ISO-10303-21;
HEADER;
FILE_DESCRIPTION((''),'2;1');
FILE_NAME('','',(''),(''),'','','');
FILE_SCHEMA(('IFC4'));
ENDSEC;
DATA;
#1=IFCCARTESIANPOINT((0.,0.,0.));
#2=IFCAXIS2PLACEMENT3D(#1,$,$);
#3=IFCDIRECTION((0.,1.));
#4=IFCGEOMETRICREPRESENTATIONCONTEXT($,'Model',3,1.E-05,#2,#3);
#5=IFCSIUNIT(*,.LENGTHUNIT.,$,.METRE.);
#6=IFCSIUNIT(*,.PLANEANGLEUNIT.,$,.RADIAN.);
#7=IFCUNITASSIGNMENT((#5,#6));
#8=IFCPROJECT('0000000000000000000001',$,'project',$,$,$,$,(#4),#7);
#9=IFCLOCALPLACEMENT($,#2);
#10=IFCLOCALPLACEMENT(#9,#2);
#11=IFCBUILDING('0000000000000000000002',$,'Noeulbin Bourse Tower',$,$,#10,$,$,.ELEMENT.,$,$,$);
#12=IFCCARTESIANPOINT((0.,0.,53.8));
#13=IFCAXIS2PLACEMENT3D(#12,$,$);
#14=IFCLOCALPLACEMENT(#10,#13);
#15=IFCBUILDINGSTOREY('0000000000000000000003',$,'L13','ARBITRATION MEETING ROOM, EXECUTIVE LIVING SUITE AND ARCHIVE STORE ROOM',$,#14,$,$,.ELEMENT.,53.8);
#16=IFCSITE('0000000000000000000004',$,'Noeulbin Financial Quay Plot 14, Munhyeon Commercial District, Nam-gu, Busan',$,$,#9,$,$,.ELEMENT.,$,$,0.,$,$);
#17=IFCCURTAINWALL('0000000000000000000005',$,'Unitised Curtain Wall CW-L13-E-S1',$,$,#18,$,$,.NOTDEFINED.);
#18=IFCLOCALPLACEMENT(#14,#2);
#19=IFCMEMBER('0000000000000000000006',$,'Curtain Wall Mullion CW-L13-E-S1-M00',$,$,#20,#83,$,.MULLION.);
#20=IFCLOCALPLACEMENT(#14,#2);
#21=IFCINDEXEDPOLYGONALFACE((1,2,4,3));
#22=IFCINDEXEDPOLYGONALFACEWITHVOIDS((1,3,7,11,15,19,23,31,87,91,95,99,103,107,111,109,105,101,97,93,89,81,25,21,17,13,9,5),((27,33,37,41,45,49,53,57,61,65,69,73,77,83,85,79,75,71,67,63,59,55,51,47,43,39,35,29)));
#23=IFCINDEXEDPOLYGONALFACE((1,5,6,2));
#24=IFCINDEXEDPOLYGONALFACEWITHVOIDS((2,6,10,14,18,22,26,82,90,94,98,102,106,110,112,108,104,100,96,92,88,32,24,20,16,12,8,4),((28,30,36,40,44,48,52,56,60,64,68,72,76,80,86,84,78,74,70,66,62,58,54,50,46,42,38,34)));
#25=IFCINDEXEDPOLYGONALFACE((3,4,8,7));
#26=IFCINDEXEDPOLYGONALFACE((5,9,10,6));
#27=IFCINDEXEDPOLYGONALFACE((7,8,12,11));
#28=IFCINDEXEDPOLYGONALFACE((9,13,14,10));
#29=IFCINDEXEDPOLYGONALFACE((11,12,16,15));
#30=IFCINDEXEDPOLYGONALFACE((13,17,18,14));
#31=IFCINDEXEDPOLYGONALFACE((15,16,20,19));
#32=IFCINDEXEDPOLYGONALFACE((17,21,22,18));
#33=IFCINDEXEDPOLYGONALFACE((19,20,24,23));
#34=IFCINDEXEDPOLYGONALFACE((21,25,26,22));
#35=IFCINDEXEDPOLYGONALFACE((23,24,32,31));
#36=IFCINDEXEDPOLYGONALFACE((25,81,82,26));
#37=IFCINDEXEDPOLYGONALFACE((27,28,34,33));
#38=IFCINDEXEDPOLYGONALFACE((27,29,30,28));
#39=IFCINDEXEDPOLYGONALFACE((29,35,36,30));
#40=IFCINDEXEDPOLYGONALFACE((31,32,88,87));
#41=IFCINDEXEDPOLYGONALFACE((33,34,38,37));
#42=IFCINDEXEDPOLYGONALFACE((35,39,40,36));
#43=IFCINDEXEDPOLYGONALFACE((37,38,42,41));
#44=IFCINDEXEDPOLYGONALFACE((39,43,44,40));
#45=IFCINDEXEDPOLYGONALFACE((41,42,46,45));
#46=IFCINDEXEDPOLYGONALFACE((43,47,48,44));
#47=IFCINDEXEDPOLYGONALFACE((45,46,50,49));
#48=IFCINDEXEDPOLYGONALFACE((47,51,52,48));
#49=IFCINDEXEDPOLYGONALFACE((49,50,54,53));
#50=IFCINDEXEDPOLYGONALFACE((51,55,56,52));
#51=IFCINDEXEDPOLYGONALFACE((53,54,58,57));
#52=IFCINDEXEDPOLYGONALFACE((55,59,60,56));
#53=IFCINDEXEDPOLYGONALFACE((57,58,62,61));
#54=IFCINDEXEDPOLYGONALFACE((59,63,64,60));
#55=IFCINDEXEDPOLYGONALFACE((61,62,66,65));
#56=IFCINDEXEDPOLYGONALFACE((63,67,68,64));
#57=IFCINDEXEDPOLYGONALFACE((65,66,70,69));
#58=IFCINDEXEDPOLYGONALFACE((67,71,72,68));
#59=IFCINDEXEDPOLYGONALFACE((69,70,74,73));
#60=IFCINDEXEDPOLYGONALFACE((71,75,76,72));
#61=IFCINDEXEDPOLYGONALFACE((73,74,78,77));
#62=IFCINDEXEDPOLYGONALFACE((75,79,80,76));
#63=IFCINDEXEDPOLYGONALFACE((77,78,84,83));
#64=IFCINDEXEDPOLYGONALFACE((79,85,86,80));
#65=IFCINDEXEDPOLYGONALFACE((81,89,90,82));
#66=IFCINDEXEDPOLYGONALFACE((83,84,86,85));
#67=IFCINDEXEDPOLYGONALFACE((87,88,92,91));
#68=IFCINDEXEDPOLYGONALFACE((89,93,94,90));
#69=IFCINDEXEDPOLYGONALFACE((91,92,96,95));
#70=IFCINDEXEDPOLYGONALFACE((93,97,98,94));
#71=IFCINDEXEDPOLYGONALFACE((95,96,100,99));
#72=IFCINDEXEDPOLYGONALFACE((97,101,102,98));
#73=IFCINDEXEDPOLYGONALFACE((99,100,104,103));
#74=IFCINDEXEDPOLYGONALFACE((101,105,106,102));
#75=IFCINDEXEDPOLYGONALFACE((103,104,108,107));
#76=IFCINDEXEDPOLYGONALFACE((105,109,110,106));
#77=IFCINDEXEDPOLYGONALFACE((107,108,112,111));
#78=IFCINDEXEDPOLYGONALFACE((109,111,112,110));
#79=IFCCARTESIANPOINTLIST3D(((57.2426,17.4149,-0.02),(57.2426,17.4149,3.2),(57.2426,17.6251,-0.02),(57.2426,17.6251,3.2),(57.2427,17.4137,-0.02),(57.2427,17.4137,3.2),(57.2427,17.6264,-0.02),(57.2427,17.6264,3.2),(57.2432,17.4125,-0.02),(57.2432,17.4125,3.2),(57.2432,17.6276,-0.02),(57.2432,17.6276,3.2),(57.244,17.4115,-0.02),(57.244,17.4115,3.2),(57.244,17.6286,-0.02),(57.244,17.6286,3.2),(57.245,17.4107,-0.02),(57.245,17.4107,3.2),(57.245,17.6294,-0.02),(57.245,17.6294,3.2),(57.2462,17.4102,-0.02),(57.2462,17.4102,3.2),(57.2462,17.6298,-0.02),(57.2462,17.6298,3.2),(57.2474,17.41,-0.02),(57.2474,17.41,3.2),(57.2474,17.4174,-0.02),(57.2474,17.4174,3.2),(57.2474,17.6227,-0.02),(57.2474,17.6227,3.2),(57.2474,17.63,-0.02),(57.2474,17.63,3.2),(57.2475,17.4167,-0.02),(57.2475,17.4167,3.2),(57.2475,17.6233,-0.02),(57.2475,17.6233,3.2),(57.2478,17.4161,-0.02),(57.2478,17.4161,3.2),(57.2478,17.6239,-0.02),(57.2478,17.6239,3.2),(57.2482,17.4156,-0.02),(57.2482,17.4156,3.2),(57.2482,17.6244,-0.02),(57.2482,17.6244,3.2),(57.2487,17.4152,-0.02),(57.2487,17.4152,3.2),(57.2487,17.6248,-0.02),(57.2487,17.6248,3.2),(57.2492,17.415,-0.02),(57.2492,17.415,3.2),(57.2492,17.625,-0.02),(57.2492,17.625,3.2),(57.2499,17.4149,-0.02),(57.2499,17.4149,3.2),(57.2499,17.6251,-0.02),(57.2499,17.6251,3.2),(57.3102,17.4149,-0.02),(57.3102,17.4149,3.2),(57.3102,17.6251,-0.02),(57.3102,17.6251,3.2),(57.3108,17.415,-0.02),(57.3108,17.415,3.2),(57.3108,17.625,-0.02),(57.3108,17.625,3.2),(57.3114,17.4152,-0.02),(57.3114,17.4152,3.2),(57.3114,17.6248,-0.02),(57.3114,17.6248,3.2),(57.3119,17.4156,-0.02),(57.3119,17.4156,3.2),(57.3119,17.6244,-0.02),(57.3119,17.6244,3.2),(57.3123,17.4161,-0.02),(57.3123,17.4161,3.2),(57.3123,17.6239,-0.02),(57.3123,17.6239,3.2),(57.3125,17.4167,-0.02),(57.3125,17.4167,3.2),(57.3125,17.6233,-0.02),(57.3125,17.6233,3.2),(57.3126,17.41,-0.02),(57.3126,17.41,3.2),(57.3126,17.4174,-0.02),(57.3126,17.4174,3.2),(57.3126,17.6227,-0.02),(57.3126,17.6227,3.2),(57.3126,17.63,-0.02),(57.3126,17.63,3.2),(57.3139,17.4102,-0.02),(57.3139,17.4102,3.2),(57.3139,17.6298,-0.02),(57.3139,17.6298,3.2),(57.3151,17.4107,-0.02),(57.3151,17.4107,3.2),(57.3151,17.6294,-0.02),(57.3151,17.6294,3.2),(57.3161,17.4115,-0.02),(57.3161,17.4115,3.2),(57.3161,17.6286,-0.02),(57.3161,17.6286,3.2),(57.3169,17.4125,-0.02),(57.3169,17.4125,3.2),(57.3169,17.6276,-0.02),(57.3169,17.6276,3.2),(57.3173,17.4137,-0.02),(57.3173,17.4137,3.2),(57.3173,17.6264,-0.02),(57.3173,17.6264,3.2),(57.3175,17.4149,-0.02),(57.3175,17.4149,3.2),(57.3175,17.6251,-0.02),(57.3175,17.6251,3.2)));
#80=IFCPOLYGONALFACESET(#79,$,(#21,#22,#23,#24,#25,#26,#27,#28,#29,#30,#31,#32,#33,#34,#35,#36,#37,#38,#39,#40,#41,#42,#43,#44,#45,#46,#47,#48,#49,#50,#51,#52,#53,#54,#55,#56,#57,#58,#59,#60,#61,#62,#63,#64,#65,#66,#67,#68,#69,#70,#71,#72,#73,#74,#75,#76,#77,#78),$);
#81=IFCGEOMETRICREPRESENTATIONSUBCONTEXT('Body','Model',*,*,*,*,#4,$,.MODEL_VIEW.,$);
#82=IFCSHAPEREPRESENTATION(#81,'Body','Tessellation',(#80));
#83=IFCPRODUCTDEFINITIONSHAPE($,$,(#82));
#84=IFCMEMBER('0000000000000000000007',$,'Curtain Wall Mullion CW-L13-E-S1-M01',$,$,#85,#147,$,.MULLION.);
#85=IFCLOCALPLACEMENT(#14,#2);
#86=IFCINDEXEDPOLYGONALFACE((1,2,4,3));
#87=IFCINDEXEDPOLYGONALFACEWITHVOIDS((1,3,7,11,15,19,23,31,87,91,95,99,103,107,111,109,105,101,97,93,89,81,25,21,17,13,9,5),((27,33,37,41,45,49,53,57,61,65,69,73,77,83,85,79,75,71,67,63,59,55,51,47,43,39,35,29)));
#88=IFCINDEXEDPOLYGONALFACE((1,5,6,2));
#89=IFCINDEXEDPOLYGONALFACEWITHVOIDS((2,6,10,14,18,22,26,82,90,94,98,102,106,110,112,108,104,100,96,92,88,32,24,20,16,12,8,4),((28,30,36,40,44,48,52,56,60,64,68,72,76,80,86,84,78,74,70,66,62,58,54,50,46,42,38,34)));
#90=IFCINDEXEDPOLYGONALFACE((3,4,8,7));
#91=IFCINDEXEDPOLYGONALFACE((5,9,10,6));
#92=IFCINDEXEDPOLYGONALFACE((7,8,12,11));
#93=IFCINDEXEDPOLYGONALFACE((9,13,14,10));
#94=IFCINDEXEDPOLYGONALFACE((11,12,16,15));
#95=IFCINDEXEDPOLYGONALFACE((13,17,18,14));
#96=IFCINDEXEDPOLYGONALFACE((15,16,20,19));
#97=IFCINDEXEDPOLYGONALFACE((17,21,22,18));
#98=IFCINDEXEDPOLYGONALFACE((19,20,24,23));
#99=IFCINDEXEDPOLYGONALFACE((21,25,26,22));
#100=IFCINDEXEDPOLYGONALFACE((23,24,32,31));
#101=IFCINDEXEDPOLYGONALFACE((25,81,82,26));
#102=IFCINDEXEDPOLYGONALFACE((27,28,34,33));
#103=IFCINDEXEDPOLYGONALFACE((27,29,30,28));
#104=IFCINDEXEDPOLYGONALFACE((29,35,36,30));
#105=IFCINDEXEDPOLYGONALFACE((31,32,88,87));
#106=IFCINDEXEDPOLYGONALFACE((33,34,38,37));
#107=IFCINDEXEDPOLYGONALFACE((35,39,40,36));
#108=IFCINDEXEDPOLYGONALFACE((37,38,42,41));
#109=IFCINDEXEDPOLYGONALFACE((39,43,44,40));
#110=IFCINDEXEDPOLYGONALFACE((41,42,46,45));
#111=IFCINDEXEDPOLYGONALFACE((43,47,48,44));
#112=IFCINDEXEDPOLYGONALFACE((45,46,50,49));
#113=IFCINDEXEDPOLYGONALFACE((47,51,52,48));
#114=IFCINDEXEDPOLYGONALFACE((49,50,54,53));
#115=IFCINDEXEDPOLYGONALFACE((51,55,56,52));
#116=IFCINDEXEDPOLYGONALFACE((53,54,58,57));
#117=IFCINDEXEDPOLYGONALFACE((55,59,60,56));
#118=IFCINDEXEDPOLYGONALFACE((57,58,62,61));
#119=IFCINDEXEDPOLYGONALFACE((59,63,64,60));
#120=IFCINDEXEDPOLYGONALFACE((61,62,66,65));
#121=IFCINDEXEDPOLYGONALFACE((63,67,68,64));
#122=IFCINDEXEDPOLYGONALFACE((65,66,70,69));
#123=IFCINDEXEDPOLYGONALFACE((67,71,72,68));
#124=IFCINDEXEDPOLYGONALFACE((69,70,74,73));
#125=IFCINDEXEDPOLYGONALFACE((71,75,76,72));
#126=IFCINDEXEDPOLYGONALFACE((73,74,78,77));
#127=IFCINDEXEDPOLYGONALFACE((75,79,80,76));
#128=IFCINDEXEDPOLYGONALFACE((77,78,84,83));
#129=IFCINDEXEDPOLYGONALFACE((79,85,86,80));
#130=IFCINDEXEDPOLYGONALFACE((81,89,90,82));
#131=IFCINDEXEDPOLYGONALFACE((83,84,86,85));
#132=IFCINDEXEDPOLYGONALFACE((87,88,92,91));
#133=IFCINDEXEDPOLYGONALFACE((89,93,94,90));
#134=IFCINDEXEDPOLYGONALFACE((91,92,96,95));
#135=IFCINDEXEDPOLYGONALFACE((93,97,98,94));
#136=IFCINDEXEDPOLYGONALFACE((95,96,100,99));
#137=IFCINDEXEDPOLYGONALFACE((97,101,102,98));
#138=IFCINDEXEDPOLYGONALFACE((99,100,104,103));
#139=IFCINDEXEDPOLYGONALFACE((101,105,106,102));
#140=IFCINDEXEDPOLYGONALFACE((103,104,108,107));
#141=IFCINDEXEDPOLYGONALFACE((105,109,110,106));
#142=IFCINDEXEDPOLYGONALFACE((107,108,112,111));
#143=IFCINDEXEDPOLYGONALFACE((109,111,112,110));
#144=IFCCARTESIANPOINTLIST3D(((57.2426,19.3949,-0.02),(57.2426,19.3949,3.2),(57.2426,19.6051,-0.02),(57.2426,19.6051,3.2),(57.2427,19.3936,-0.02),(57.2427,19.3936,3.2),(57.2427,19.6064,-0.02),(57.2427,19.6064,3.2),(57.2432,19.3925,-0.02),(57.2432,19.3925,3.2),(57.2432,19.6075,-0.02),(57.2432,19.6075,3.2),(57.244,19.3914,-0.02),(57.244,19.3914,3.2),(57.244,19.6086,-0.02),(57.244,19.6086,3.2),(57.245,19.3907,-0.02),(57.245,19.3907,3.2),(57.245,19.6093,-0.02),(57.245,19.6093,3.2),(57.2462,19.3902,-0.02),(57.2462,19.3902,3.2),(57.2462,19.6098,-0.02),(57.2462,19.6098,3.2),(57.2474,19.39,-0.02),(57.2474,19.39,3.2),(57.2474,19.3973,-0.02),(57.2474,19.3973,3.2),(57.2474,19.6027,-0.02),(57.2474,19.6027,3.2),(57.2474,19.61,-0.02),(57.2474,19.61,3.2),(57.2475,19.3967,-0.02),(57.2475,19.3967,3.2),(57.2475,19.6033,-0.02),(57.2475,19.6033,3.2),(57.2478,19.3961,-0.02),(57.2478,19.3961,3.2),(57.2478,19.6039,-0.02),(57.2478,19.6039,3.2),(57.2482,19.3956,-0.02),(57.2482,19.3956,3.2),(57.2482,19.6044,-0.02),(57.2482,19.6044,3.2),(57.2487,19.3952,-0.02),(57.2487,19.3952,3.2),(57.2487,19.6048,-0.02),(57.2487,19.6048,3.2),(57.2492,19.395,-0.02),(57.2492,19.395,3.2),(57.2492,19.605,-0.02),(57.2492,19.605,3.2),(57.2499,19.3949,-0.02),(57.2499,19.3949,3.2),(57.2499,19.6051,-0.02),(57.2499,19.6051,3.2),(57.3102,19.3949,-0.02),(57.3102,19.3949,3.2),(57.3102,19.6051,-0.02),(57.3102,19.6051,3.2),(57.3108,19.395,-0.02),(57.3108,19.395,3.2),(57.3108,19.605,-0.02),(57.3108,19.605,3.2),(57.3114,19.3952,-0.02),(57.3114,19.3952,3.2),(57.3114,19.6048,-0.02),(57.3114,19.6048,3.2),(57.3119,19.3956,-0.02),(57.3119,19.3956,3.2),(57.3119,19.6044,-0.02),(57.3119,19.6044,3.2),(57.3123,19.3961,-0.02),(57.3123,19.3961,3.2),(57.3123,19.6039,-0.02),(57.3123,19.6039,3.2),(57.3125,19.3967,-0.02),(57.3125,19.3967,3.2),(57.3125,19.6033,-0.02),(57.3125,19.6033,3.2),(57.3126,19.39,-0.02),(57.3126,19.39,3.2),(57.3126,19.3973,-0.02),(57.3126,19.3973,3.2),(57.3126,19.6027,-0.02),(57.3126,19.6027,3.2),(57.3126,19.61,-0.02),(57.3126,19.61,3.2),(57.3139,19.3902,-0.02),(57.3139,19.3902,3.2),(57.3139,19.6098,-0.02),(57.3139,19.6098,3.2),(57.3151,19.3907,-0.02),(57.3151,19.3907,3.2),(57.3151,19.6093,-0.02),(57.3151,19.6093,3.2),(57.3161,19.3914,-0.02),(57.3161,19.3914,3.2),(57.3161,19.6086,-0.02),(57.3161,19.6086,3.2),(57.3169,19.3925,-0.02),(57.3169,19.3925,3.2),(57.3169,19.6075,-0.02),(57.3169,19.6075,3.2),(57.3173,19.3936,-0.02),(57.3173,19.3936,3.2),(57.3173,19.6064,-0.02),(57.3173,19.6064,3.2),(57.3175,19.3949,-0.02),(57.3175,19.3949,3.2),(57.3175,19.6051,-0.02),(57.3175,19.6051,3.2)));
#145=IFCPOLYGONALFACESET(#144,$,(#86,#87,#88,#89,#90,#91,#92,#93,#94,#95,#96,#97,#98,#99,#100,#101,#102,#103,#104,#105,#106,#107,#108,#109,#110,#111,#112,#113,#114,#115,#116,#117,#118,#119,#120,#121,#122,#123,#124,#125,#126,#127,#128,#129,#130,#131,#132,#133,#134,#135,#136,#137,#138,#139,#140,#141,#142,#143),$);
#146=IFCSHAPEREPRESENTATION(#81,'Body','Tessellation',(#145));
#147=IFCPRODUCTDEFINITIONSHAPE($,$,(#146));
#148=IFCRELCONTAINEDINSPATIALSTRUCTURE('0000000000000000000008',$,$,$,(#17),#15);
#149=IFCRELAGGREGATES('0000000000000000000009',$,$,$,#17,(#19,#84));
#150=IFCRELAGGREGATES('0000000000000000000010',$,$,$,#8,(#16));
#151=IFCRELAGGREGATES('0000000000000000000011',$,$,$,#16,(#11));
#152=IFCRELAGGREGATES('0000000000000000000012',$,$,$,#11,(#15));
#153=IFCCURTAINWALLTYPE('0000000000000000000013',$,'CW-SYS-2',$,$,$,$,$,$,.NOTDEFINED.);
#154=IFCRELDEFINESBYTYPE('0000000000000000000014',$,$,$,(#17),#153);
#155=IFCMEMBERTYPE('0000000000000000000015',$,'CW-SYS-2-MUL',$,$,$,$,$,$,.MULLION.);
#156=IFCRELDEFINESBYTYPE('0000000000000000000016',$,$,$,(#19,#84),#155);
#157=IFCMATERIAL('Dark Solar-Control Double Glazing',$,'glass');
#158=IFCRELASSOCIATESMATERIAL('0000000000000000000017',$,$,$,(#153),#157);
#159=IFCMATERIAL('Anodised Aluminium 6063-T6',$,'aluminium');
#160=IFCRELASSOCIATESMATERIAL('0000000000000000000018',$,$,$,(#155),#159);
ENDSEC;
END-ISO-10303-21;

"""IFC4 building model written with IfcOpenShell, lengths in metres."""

from ifc_helpers import new_model, si_unit, direction, frame, origin, origin_2d, place, context, subcontext, project, spatial, hollow_rectangle, extrude, material, material_profile, profile_set, type_object, element, aggregate, save


model = new_model("IFC4")

# Units and contexts
model_context = context("Model", 3, precision=1e-05, world=origin(), true_north=direction((0.0, 1.0)))
body_context = subcontext(model_context, "Body", "Model", "MODEL_VIEW")
ifc_project = project(units=[si_unit("LENGTHUNIT", "METRE"), si_unit("PLANEANGLEUNIT", "RADIAN")], contexts=[model_context])

# Site, building, storey
site_placement = place(None, origin())
site = spatial("IfcSite", under=ifc_project, at=site_placement, Name="Noeulbin Financial Quay Plot 14, Munhyeon Commercial District, Nam-gu, Busan", CompositionType="ELEMENT", RefElevation=0.0)
building_placement = place(site_placement, origin())
building = spatial("IfcBuilding", under=site, at=building_placement, Name="Noeulbin Bourse Tower", CompositionType="ELEMENT")
storey_placement = place(building_placement, frame((0.0, 0.0, 53.8)))
storey = spatial("IfcBuildingStorey", under=building, at=storey_placement, Name="L13", Description="ARBITRATION MEETING ROOM, EXECUTIVE LIVING SUITE AND ARCHIVE STORE ROOM", CompositionType="ELEMENT", Elevation=53.8)

# Curtain wall, members
ifc_material_1 = material(Name="Dark Solar-Control Double Glazing", Category="glass")
curtain_wall_type = type_object("IfcCurtainWallType", Name="CW-SYS-2", PredefinedType="NOTDEFINED", material=ifc_material_1)
ifc_material_2 = material(Name="Anodised Aluminium 6063-T6", Category="aluminium")
ifc_material_profile_1 = material_profile(ifc_material_2, hollow_rectangle(XDim=0.075, YDim=0.22, WallThickness=0.0049, InnerFilletRadius=0.0024, OuterFilletRadius=0.0049, at=origin_2d()), Name="ALU-MULL-75x220x5", Category="LoadBearing")
ifc_profile_set_1 = profile_set([ifc_material_profile_1], Name="Anodised Aluminium 6063-T6")
member_type_1 = type_object("IfcMemberType", Name="CW-SYS-2-MUL", PredefinedType="MULLION", material=ifc_profile_set_1)
curtain_wall_1_placement = place(storey_placement, origin())
curtain_wall_1 = element("IfcCurtainWall", 1, at=curtain_wall_1_placement, inside=storey, type_object=curtain_wall_type, Name="Unitised Curtain Wall CW-L13-E-S1", PredefinedType="NOTDEFINED")
member_1_placement = place(storey_placement, frame((57.28, 17.52, -0.02), z_axis=(0.0, 0.0, 1.0), x_axis=(1.0, 0.0, 0.0)))
member_1 = element("IfcMember", 2, at=member_1_placement, type_object=member_type_1, Name="Curtain Wall Mullion CW-L13-E-S1-M00", PredefinedType="MULLION", context=body_context, shape_type="SweptSolid", body=[
    extrude(hollow_rectangle(XDim=0.075, YDim=0.22, WallThickness=0.0049, InnerFilletRadius=0.0024, OuterFilletRadius=0.0049, at=origin_2d()), origin(), (0.0, 0.0, 1.0), 3.22),
])
member_2_placement = place(storey_placement, frame((57.28, 19.5, -0.02), z_axis=(0.0, 0.0, 1.0), x_axis=(1.0, 0.0, 0.0)))
member_2 = element("IfcMember", 3, at=member_2_placement, type_object=member_type_1, Name="Curtain Wall Mullion CW-L13-E-S1-M01", PredefinedType="MULLION", context=body_context, shape_type="SweptSolid", body=[
    extrude(hollow_rectangle(XDim=0.075, YDim=0.22, WallThickness=0.0049, InnerFilletRadius=0.0024, OuterFilletRadius=0.0049, at=origin_2d()), origin(), (0.0, 0.0, 1.0), 3.22),
])

aggregate(curtain_wall_1, [member_1, member_2])

save(model, "model.ifc")
